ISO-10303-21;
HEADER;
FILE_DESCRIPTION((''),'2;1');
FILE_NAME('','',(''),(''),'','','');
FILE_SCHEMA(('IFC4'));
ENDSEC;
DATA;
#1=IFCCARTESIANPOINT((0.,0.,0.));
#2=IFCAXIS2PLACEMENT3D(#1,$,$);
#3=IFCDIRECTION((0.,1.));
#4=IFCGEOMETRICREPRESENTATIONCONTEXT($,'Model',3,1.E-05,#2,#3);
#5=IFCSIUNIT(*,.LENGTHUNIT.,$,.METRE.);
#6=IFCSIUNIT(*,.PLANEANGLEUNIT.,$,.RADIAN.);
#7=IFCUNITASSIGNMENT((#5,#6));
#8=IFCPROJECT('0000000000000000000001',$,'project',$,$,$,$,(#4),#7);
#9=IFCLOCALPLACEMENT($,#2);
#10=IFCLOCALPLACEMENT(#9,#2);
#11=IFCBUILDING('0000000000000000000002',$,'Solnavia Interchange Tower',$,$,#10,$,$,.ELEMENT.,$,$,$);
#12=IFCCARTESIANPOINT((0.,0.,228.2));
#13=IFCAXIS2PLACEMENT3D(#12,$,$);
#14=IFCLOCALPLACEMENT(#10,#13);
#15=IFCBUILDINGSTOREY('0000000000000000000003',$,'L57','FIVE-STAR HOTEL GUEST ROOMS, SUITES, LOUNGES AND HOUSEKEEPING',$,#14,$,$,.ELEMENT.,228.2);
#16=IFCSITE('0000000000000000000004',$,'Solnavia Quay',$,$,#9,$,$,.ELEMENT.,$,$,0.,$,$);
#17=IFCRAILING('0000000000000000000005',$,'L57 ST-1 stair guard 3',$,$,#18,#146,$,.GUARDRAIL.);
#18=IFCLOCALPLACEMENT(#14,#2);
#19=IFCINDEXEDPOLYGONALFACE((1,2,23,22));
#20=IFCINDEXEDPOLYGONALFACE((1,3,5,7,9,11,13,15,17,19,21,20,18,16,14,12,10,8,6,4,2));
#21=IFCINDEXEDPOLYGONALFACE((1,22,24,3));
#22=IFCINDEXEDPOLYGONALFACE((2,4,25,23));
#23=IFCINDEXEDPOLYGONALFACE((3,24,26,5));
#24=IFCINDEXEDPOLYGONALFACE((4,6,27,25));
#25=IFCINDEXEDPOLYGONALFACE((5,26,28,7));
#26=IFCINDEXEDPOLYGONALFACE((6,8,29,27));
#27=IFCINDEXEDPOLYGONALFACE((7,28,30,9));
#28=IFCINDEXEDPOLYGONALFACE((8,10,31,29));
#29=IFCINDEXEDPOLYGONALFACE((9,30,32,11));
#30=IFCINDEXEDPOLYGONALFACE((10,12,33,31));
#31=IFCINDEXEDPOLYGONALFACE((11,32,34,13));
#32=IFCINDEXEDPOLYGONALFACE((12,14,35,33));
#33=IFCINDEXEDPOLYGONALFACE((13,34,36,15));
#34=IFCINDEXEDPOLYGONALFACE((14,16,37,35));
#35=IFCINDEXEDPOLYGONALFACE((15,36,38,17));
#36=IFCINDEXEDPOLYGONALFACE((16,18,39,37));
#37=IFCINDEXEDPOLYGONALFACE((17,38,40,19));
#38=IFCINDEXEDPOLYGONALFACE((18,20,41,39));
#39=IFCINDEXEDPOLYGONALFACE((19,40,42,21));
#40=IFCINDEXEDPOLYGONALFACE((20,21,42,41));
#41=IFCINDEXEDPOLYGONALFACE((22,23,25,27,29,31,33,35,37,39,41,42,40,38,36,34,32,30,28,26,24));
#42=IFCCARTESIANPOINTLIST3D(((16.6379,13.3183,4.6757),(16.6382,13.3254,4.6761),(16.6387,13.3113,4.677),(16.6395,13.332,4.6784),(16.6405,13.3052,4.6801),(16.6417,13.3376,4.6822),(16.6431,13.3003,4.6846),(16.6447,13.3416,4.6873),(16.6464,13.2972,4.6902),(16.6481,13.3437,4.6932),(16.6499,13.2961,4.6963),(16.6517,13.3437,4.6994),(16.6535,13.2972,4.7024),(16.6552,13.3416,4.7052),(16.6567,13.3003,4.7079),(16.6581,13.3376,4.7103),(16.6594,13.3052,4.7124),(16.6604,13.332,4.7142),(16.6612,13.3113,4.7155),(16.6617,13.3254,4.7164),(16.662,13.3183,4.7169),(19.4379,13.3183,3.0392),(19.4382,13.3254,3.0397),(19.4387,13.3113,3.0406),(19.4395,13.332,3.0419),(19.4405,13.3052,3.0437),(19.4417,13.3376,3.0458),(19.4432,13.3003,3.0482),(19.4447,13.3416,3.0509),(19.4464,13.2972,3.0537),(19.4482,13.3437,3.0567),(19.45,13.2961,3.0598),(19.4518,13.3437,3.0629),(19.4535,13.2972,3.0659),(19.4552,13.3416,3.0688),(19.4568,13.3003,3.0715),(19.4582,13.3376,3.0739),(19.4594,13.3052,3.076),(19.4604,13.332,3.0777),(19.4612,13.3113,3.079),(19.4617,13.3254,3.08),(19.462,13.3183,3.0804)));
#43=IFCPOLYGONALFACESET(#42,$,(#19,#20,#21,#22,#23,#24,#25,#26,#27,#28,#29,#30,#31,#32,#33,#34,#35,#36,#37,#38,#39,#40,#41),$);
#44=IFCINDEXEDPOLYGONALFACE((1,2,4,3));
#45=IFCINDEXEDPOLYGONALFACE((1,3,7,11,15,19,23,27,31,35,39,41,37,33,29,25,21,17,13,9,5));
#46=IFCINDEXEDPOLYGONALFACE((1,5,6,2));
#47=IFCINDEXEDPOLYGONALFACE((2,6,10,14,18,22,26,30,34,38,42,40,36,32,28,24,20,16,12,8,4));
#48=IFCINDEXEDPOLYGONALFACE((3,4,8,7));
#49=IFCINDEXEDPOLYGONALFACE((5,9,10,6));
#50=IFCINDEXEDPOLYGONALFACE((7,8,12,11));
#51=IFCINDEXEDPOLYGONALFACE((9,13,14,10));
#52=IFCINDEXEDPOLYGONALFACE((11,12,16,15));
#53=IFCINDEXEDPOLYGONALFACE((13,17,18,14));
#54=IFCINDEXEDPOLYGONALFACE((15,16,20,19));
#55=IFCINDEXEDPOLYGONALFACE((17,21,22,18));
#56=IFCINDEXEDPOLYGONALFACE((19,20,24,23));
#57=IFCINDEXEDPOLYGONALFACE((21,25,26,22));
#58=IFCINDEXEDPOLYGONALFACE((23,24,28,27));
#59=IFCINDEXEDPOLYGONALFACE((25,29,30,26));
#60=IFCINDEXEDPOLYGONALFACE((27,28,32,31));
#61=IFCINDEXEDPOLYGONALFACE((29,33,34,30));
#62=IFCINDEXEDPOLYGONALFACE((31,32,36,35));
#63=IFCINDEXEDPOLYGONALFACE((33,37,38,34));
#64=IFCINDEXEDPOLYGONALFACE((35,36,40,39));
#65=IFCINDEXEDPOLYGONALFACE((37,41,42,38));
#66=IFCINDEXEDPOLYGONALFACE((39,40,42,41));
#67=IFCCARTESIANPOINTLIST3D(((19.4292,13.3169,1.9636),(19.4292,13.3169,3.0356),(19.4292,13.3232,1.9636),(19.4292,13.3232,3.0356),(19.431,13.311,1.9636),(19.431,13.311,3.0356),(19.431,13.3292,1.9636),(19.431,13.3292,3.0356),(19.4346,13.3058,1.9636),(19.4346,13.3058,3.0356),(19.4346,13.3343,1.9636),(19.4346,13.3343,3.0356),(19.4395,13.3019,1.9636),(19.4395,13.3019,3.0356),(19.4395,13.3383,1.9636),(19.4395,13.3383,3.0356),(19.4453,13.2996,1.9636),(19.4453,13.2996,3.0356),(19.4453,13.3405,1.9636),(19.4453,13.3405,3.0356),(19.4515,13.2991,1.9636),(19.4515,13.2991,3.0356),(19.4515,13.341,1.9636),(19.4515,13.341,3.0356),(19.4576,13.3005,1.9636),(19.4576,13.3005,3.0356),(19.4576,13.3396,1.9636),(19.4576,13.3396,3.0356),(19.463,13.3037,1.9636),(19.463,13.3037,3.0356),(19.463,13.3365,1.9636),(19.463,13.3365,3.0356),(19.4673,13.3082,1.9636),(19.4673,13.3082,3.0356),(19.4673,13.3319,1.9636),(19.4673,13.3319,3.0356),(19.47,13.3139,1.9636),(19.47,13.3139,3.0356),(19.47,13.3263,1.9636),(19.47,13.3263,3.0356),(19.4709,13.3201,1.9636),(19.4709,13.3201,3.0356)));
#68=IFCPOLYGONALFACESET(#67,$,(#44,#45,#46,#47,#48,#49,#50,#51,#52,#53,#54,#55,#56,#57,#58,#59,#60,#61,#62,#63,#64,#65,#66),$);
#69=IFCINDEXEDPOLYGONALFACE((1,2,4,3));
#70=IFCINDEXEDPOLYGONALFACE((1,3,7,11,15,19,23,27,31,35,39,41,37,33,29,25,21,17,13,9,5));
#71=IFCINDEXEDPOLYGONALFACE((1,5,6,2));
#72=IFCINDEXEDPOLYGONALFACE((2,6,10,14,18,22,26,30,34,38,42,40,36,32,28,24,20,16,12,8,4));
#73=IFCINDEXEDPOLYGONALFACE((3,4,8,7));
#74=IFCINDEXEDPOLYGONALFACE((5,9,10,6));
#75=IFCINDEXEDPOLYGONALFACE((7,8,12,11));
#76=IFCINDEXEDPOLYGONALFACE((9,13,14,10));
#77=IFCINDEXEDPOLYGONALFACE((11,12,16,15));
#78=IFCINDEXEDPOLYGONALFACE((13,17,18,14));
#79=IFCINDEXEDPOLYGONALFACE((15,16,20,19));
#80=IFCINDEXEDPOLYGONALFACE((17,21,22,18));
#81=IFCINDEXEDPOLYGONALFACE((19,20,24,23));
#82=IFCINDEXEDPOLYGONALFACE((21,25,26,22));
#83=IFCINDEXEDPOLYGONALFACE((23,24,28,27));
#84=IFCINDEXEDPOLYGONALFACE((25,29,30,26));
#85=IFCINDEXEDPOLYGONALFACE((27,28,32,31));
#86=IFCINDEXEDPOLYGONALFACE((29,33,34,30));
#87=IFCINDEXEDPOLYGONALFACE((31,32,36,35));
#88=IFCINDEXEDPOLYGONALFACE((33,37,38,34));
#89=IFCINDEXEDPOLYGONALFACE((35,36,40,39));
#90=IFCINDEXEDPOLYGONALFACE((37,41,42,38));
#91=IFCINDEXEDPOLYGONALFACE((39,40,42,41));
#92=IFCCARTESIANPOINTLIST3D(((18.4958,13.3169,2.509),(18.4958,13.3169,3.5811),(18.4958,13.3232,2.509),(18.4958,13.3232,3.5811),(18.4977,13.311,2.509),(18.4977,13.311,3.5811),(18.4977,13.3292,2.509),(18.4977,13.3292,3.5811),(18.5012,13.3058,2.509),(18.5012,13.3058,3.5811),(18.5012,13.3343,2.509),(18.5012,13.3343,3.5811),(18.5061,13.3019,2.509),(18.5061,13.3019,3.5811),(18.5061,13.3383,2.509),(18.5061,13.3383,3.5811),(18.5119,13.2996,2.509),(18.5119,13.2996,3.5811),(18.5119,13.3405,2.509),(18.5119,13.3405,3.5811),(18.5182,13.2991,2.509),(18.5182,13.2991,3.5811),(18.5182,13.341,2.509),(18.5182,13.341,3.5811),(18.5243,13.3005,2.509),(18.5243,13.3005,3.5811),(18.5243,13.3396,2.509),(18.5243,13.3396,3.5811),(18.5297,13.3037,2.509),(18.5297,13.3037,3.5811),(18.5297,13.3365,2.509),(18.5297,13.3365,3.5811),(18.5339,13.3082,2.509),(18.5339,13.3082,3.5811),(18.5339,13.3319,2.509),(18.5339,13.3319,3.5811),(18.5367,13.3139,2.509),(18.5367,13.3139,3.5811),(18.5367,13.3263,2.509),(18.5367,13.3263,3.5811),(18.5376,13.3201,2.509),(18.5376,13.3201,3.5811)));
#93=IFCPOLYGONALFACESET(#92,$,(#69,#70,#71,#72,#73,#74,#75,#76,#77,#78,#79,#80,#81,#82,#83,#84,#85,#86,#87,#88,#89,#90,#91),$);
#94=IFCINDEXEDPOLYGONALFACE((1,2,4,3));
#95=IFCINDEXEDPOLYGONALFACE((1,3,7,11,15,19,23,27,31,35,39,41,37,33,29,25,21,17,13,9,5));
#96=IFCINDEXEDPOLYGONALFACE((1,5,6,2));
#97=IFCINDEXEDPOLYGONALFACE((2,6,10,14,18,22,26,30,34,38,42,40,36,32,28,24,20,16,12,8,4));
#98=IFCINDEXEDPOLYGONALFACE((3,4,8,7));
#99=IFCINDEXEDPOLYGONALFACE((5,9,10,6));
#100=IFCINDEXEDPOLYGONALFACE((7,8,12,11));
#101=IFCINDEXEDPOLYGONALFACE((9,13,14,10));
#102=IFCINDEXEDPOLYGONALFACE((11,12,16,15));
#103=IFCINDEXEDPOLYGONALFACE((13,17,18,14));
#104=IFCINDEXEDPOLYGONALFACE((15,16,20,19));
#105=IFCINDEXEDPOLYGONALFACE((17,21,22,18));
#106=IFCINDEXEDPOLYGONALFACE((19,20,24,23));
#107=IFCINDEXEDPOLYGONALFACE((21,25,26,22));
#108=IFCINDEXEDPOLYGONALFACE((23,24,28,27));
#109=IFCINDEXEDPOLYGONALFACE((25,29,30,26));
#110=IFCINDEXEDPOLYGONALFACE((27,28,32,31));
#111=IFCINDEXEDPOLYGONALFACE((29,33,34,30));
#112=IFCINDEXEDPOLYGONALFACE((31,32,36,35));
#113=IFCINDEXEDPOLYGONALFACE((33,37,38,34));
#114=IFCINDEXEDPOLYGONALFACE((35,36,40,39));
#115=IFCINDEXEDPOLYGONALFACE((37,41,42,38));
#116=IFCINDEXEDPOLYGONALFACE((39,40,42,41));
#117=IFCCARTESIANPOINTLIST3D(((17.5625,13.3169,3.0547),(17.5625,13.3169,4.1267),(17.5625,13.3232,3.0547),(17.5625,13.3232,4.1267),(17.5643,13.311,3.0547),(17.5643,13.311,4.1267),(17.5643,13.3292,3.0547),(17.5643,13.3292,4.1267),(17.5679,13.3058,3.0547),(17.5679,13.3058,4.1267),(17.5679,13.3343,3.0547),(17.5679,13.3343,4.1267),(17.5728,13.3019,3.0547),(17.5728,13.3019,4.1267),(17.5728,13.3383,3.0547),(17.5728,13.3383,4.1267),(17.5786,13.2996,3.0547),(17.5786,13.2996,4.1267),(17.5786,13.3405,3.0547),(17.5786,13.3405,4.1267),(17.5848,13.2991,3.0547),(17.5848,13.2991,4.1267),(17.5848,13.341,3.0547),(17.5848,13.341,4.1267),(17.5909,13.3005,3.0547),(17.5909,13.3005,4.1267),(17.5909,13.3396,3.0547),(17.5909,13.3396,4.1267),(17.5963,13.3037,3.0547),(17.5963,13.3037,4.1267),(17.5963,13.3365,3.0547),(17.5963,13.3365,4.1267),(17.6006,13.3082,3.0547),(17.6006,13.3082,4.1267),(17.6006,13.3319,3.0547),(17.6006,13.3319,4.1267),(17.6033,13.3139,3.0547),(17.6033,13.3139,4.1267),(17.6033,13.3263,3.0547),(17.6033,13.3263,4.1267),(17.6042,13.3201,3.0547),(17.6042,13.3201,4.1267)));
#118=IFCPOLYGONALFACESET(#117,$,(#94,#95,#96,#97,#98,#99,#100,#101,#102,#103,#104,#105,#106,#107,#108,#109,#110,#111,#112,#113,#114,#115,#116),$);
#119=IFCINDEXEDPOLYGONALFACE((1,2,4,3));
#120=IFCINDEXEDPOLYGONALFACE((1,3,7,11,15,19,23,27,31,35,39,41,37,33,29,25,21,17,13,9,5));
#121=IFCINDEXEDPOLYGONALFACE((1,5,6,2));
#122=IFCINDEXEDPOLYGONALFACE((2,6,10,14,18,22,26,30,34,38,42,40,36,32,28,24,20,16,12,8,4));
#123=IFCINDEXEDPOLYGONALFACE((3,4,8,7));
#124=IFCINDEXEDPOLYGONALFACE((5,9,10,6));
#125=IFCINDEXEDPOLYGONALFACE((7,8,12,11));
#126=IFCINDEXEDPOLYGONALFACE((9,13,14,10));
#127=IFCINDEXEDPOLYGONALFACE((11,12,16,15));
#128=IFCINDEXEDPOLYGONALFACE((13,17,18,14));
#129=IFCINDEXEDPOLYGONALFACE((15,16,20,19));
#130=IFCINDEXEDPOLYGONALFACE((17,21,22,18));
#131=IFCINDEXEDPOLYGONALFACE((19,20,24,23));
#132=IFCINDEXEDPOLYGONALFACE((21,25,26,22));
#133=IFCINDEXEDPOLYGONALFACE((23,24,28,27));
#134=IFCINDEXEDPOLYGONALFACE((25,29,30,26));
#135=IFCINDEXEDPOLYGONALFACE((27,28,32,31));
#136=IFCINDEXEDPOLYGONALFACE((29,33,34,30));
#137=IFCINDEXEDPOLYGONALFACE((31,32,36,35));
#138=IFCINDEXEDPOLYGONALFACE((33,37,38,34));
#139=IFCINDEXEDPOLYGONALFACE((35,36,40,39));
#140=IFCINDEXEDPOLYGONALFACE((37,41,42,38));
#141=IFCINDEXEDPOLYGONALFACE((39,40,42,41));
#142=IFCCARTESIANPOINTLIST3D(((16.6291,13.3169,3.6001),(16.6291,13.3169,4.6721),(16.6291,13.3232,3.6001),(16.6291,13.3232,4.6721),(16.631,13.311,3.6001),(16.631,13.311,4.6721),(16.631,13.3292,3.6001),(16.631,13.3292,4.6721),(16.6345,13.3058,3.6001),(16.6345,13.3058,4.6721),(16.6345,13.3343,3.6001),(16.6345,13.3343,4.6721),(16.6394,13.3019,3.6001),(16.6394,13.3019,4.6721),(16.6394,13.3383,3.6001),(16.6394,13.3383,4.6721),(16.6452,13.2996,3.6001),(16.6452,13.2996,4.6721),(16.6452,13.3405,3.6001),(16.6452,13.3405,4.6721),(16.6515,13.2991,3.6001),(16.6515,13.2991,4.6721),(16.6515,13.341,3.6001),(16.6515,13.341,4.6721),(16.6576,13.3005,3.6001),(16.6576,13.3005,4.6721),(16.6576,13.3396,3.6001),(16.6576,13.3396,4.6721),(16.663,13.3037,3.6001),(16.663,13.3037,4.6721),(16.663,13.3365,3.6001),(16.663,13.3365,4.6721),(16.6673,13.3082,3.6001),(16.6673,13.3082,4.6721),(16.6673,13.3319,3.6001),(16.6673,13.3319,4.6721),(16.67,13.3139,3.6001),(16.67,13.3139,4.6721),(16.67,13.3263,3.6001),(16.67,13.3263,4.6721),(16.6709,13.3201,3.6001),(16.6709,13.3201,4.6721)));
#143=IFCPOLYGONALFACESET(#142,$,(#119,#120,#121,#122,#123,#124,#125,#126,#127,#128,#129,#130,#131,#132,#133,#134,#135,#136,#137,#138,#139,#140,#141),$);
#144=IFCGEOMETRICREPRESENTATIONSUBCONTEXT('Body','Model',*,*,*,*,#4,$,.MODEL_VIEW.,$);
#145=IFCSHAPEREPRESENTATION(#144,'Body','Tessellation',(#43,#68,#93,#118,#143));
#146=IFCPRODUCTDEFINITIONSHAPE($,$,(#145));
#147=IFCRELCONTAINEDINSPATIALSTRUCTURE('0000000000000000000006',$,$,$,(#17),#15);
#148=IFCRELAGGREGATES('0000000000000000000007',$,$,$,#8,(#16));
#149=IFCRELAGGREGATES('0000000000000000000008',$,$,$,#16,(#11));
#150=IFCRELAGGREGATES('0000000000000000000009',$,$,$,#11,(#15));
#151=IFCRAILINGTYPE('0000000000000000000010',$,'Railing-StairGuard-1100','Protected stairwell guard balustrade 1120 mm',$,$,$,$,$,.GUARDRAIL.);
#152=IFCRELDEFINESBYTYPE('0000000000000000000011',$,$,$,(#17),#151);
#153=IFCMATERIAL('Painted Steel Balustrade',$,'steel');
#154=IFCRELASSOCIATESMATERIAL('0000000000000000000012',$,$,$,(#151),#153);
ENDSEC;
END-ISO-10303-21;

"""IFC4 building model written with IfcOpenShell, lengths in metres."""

from ifc_helpers import new_model, si_unit, direction, frame, origin, origin_2d, place, context, subcontext, project, spatial, circle, extrude, material, type_object, element, save


model = new_model("IFC4")

# Units and contexts
model_context = context("Model", 3, precision=1e-05, world=origin(), true_north=direction((0.0, 1.0)))
body_context = subcontext(model_context, "Body", "Model", "MODEL_VIEW")
ifc_project = project(units=[si_unit("LENGTHUNIT", "METRE"), si_unit("PLANEANGLEUNIT", "RADIAN")], contexts=[model_context])

# Site, building, storey
site_placement = place(None, origin())
site = spatial("IfcSite", under=ifc_project, at=site_placement, Name="Solnavia Quay", CompositionType="ELEMENT", RefElevation=0.0)
building_placement = place(site_placement, origin())
building = spatial("IfcBuilding", under=site, at=building_placement, Name="Solnavia Interchange Tower", CompositionType="ELEMENT")
storey_placement = place(building_placement, frame((0.0, 0.0, 228.2)))
storey = spatial("IfcBuildingStorey", under=building, at=storey_placement, Name="L57", Description="FIVE-STAR HOTEL GUEST ROOMS, SUITES, LOUNGES AND HOUSEKEEPING", CompositionType="ELEMENT", Elevation=228.2)

# Railing
ifc_material_1 = material(Name="Painted Steel Balustrade", Category="steel")
railing_type_1 = type_object("IfcRailingType", Name="Railing-StairGuard-1100", Description="Protected stairwell guard balustrade 1120 mm", PredefinedType="GUARDRAIL", material=ifc_material_1)
railing_1_placement = place(storey_placement, frame((19.45, 13.3201, 1.9636)))
element("IfcRailing", 1, at=railing_1_placement, inside=storey, type_object=railing_type_1, Name="L57 ST-1 stair guard 3", PredefinedType="GUARDRAIL", context=body_context, shape_type="SweptSolid", body=[
    extrude(circle(Radius=0.0239, at=origin_2d()), frame((0.0, 0.0, 1.0962), z_axis=(-0.863361, 0.0, 0.504587), x_axis=(0.0, -1.0, 0.0)), (0.0, 0.0, 1.0), 3.2432),
    extrude(circle(Radius=0.021, at=origin_2d()), origin(), (0.0, 0.0, 1.0), 1.072),
    extrude(circle(Radius=0.021, at=origin_2d()), frame((-0.9333, 0.0, 0.5454)), (0.0, 0.0, 1.0), 1.072),
    extrude(circle(Radius=0.021, at=origin_2d()), frame((-1.8667, 0.0, 1.0911)), (0.0, 0.0, 1.0), 1.072),
    extrude(circle(Radius=0.021, at=origin_2d()), frame((-2.8, 0.0, 1.6365)), (0.0, 0.0, 1.0), 1.072),
])

save(model, "model.ifc")
